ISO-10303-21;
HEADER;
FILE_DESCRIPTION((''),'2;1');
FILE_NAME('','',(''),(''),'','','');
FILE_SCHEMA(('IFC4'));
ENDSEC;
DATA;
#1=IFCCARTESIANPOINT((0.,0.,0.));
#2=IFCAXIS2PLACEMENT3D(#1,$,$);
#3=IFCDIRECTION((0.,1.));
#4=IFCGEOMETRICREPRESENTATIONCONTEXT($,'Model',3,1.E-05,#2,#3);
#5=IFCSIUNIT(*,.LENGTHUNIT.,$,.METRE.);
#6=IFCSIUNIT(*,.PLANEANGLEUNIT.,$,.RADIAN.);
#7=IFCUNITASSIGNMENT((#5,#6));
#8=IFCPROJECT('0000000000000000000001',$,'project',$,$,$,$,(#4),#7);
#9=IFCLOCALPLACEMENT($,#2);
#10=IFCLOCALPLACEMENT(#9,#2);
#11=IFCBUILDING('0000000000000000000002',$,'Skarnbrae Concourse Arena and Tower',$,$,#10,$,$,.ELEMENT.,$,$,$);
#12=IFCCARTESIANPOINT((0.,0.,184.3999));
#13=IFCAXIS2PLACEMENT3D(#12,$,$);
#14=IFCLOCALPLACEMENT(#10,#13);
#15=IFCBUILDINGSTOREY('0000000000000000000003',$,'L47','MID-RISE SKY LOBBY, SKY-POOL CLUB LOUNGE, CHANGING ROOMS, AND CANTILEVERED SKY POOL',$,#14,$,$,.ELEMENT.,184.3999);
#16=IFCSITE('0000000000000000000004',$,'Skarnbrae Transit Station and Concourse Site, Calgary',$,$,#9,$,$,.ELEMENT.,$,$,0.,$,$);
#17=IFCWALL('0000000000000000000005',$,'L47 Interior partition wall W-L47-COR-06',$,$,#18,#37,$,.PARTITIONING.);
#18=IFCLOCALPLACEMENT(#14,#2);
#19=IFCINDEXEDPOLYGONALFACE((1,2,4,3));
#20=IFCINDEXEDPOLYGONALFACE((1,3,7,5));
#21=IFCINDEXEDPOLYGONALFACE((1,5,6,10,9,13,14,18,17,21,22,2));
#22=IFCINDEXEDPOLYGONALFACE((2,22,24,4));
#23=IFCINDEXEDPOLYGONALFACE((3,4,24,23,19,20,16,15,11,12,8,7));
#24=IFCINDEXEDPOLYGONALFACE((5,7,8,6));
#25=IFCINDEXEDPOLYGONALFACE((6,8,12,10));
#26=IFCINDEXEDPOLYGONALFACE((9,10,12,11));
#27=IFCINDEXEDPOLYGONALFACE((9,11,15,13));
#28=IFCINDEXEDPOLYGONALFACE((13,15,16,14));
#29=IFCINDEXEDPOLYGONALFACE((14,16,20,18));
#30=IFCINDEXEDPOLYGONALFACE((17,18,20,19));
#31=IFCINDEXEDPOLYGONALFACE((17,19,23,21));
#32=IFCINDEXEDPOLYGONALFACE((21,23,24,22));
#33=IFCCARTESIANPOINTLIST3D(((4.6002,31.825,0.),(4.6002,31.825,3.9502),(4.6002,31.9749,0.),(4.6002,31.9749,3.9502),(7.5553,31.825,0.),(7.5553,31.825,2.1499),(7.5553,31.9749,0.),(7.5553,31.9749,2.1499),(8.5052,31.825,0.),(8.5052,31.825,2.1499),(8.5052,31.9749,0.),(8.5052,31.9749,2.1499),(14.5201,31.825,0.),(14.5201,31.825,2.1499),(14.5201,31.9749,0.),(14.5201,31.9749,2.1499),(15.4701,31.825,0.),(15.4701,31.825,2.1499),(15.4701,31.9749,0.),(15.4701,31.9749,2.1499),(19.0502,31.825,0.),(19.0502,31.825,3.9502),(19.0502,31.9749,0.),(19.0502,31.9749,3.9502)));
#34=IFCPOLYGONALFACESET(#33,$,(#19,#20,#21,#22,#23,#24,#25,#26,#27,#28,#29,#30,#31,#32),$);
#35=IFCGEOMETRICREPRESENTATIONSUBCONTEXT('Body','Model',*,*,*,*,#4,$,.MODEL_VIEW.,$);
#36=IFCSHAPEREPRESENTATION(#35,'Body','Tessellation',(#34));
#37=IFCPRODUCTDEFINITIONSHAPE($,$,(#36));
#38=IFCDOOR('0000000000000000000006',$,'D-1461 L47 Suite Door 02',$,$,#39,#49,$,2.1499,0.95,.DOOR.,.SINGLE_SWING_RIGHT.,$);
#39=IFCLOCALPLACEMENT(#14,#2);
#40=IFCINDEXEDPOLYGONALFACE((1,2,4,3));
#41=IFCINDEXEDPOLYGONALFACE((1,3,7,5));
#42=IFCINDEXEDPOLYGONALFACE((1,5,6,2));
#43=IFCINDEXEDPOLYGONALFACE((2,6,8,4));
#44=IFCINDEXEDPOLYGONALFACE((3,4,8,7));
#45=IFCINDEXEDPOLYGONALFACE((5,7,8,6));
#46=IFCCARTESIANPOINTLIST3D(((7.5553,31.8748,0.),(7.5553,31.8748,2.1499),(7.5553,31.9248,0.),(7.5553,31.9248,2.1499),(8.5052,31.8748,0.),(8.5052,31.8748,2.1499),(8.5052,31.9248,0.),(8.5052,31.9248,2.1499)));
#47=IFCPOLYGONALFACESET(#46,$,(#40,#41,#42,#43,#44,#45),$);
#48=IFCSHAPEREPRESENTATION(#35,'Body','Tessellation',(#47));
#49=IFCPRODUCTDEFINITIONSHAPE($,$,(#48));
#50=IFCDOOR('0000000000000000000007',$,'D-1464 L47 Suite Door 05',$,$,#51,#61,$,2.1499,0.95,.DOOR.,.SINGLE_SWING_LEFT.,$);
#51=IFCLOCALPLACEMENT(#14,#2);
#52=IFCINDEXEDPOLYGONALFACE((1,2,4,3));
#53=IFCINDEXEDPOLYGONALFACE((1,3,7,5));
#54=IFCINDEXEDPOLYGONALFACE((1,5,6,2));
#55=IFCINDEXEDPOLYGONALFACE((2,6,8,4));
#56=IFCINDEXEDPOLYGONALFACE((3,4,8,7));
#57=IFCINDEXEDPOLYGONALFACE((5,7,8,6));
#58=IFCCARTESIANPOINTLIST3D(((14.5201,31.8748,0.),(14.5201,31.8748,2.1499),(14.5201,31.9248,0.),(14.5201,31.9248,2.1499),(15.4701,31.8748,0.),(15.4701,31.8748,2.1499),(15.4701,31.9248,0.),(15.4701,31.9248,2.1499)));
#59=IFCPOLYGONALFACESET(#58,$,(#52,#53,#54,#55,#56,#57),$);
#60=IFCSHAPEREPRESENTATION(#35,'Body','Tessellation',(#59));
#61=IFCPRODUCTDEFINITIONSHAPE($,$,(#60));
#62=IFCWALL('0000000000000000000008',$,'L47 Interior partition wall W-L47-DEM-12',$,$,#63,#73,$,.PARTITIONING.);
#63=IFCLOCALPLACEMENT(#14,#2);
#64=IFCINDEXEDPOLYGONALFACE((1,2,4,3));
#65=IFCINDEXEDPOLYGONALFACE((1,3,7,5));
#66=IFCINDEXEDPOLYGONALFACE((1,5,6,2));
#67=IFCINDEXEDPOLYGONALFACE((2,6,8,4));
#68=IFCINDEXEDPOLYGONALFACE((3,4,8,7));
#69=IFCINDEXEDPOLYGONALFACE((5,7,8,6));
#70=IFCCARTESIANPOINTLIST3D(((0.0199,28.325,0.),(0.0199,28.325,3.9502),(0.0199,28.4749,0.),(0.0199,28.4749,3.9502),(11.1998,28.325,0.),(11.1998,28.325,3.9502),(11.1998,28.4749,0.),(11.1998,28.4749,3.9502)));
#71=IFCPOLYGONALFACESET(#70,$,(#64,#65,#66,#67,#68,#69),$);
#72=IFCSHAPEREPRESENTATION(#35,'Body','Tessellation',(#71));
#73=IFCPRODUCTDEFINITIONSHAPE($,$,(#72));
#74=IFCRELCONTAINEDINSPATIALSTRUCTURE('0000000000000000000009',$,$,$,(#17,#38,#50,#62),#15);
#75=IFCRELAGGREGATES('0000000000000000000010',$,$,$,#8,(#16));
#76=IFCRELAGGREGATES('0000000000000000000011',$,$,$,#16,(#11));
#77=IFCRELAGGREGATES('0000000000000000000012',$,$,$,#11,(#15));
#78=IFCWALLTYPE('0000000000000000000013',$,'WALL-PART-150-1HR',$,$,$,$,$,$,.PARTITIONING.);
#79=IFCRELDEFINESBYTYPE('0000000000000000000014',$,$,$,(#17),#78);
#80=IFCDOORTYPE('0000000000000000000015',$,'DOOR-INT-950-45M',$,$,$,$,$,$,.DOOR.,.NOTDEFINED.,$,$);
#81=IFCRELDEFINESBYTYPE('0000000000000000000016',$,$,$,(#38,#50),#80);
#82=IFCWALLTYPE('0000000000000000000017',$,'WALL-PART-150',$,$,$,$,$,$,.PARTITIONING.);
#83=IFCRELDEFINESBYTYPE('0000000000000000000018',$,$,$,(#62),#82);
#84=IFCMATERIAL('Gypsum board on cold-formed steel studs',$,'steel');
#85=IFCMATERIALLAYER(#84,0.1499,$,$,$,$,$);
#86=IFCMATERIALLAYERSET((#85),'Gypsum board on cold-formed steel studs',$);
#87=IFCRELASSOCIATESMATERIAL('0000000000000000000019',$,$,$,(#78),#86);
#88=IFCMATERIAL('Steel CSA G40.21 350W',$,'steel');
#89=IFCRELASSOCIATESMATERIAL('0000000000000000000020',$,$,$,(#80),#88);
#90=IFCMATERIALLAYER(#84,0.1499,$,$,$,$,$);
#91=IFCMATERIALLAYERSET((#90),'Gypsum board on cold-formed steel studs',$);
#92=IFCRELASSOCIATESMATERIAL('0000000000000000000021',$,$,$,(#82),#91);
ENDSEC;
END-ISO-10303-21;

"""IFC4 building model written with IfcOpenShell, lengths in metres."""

from ifc_helpers import new_model, si_unit, direction, frame, frame_2d, origin, place, context, subcontext, project, spatial, rectangle, extrude, source, transform, mapped, material, layer, layer_set, type_object, element, fill, save


model = new_model("IFC4")

# Units and contexts
model_context = context("Model", 3, precision=1e-05, world=origin(), true_north=direction((0.0, 1.0)))
body_context = subcontext(model_context, "Body", "Model", "MODEL_VIEW")
ifc_project = project(units=[si_unit("LENGTHUNIT", "METRE"), si_unit("PLANEANGLEUNIT", "RADIAN")], contexts=[model_context])

# Site, building, storey
site_placement = place(None, origin())
site = spatial("IfcSite", under=ifc_project, at=site_placement, Name="Skarnbrae Transit Station and Concourse Site, Calgary", CompositionType="ELEMENT", RefElevation=0.0)
building_placement = place(site_placement, origin())
building = spatial("IfcBuilding", under=site, at=building_placement, Name="Skarnbrae Concourse Arena and Tower", CompositionType="ELEMENT")
storey_placement = place(building_placement, frame((0.0, 0.0, 184.3999)))
storey = spatial("IfcBuildingStorey", under=building, at=storey_placement, Name="L47", Description="MID-RISE SKY LOBBY, SKY-POOL CLUB LOUNGE, CHANGING ROOMS, AND CANTILEVERED SKY POOL", CompositionType="ELEMENT", Elevation=184.3999)

# Shared definitions
ifc_material_1 = material(Name="Steel CSA G40.21 350W", Category="steel")

# Shared definitions
ifc_material_2 = material(Name="Gypsum board on cold-formed steel studs", Category="steel")
ifc_layer_1 = layer(ifc_material_2, 0.1499)
ifc_layer_set_1 = layer_set([ifc_layer_1], Name="Gypsum board on cold-formed steel studs")
wall_type_1 = type_object("IfcWallType", Name="WALL-PART-150-1HR", PredefinedType="PARTITIONING", material=ifc_layer_set_1)

# Wall, openings, doors
shared_shape_1 = source(origin(), body_context, "Body", "SweptSolid", [
    extrude(rectangle(XDim=14.45, YDim=0.1499, at=frame_2d((7.2251, 0.0))), origin(), (0.0, 0.0, 1.0), 3.9502),
])
wall_1_placement = place(storey_placement, frame((4.6001, 31.8999, 0.0), z_axis=(0.0, 0.0, 1.0), x_axis=(1.0, 0.0, 0.0)))
wall_1 = element("IfcWall", 1, at=wall_1_placement, inside=storey, type_object=wall_type_1, Name="L47 Interior partition wall W-L47-COR-06", PredefinedType="PARTITIONING", context=body_context, shape_type="MappedRepresentation", body=[
    mapped(shared_shape_1, transform((0.0, 0.0, 0.0))),
])
opening_1_placement = place(wall_1_placement, frame((2.9551, 0.0, 0.0)))
opening_1 = element("IfcOpeningElement", 2, at=opening_1_placement, cuts=wall_1, PredefinedType="OPENING", context=body_context, shape_type="SweptSolid", body=[
    extrude(rectangle(XDim=0.95, YDim=2.1499, at=frame_2d((0.4751, 1.075))), frame((0.0, 0.085, 0.0), z_axis=(0.0, -1.0, 0.0), x_axis=(1.0, 0.0, 0.0)), (0.0, 0.0, 1.0), 0.1699),
])
opening_2_placement = place(wall_1_placement, frame((9.9199, 0.0, 0.0)))
opening_2 = element("IfcOpeningElement", 3, at=opening_2_placement, cuts=wall_1, PredefinedType="OPENING", context=body_context, shape_type="SweptSolid", body=[
    extrude(rectangle(XDim=0.95, YDim=2.1499, at=frame_2d((0.4751, 1.075))), frame((0.0, 0.085, 0.0), z_axis=(0.0, -1.0, 0.0), x_axis=(1.0, 0.0, 0.0)), (0.0, 0.0, 1.0), 0.1699),
])
door_type_1 = type_object("IfcDoorType", Name="DOOR-INT-950-45M", OperationType="NOTDEFINED", PredefinedType="DOOR", material=ifc_material_1)
shared_shape_2 = source(origin(), body_context, "Body", "SweptSolid", [
    extrude(rectangle(XDim=0.95, YDim=2.1499, at=frame_2d((0.4751, 1.075))), frame((0.0, 0.0249, 0.0), z_axis=(0.0, -1.0, 0.0), x_axis=(1.0, 0.0, 0.0)), (0.0, 0.0, 1.0), 0.05),
])
door_1_placement = place(opening_1_placement, origin())
door_1 = element("IfcDoor", 4, at=door_1_placement, inside=storey, type_object=door_type_1, Name="D-1461 L47 Suite Door 02", OperationType="SINGLE_SWING_RIGHT", OverallHeight=2.1499, OverallWidth=0.95, PredefinedType="DOOR", context=body_context, shape_type="MappedRepresentation", body=[
    mapped(shared_shape_2, transform((0.0, 0.0, 0.0))),
])
fill(opening_1, door_1)
door_2_placement = place(opening_2_placement, origin())
door_2 = element("IfcDoor", 5, at=door_2_placement, inside=storey, type_object=door_type_1, Name="D-1464 L47 Suite Door 05", OperationType="SINGLE_SWING_LEFT", OverallHeight=2.1499, OverallWidth=0.95, PredefinedType="DOOR", context=body_context, shape_type="MappedRepresentation", body=[
    mapped(shared_shape_2, transform((0.0, 0.0, 0.0))),
])
fill(opening_2, door_2)

# Wall
ifc_layer_2 = layer(ifc_material_2, 0.1499)
ifc_layer_set_2 = layer_set([ifc_layer_2], Name="Gypsum board on cold-formed steel studs")
wall_type_2 = type_object("IfcWallType", Name="WALL-PART-150", PredefinedType="PARTITIONING", material=ifc_layer_set_2)
shared_shape_3 = source(origin(), body_context, "Body", "SweptSolid", [
    extrude(rectangle(XDim=11.1799, YDim=0.1499, at=frame_2d((5.5898, 0.0))), origin(), (0.0, 0.0, 1.0), 3.9502),
])
wall_2_placement = place(storey_placement, frame((0.02, 28.3999, 0.0), z_axis=(0.0, 0.0, 1.0), x_axis=(1.0, 0.0, 0.0)))
element("IfcWall", 6, at=wall_2_placement, inside=storey, type_object=wall_type_2, Name="L47 Interior partition wall W-L47-DEM-12", PredefinedType="PARTITIONING", context=body_context, shape_type="MappedRepresentation", body=[
    mapped(shared_shape_3, transform((0.0, 0.0, 0.0))),
])

save(model, "model.ifc")
